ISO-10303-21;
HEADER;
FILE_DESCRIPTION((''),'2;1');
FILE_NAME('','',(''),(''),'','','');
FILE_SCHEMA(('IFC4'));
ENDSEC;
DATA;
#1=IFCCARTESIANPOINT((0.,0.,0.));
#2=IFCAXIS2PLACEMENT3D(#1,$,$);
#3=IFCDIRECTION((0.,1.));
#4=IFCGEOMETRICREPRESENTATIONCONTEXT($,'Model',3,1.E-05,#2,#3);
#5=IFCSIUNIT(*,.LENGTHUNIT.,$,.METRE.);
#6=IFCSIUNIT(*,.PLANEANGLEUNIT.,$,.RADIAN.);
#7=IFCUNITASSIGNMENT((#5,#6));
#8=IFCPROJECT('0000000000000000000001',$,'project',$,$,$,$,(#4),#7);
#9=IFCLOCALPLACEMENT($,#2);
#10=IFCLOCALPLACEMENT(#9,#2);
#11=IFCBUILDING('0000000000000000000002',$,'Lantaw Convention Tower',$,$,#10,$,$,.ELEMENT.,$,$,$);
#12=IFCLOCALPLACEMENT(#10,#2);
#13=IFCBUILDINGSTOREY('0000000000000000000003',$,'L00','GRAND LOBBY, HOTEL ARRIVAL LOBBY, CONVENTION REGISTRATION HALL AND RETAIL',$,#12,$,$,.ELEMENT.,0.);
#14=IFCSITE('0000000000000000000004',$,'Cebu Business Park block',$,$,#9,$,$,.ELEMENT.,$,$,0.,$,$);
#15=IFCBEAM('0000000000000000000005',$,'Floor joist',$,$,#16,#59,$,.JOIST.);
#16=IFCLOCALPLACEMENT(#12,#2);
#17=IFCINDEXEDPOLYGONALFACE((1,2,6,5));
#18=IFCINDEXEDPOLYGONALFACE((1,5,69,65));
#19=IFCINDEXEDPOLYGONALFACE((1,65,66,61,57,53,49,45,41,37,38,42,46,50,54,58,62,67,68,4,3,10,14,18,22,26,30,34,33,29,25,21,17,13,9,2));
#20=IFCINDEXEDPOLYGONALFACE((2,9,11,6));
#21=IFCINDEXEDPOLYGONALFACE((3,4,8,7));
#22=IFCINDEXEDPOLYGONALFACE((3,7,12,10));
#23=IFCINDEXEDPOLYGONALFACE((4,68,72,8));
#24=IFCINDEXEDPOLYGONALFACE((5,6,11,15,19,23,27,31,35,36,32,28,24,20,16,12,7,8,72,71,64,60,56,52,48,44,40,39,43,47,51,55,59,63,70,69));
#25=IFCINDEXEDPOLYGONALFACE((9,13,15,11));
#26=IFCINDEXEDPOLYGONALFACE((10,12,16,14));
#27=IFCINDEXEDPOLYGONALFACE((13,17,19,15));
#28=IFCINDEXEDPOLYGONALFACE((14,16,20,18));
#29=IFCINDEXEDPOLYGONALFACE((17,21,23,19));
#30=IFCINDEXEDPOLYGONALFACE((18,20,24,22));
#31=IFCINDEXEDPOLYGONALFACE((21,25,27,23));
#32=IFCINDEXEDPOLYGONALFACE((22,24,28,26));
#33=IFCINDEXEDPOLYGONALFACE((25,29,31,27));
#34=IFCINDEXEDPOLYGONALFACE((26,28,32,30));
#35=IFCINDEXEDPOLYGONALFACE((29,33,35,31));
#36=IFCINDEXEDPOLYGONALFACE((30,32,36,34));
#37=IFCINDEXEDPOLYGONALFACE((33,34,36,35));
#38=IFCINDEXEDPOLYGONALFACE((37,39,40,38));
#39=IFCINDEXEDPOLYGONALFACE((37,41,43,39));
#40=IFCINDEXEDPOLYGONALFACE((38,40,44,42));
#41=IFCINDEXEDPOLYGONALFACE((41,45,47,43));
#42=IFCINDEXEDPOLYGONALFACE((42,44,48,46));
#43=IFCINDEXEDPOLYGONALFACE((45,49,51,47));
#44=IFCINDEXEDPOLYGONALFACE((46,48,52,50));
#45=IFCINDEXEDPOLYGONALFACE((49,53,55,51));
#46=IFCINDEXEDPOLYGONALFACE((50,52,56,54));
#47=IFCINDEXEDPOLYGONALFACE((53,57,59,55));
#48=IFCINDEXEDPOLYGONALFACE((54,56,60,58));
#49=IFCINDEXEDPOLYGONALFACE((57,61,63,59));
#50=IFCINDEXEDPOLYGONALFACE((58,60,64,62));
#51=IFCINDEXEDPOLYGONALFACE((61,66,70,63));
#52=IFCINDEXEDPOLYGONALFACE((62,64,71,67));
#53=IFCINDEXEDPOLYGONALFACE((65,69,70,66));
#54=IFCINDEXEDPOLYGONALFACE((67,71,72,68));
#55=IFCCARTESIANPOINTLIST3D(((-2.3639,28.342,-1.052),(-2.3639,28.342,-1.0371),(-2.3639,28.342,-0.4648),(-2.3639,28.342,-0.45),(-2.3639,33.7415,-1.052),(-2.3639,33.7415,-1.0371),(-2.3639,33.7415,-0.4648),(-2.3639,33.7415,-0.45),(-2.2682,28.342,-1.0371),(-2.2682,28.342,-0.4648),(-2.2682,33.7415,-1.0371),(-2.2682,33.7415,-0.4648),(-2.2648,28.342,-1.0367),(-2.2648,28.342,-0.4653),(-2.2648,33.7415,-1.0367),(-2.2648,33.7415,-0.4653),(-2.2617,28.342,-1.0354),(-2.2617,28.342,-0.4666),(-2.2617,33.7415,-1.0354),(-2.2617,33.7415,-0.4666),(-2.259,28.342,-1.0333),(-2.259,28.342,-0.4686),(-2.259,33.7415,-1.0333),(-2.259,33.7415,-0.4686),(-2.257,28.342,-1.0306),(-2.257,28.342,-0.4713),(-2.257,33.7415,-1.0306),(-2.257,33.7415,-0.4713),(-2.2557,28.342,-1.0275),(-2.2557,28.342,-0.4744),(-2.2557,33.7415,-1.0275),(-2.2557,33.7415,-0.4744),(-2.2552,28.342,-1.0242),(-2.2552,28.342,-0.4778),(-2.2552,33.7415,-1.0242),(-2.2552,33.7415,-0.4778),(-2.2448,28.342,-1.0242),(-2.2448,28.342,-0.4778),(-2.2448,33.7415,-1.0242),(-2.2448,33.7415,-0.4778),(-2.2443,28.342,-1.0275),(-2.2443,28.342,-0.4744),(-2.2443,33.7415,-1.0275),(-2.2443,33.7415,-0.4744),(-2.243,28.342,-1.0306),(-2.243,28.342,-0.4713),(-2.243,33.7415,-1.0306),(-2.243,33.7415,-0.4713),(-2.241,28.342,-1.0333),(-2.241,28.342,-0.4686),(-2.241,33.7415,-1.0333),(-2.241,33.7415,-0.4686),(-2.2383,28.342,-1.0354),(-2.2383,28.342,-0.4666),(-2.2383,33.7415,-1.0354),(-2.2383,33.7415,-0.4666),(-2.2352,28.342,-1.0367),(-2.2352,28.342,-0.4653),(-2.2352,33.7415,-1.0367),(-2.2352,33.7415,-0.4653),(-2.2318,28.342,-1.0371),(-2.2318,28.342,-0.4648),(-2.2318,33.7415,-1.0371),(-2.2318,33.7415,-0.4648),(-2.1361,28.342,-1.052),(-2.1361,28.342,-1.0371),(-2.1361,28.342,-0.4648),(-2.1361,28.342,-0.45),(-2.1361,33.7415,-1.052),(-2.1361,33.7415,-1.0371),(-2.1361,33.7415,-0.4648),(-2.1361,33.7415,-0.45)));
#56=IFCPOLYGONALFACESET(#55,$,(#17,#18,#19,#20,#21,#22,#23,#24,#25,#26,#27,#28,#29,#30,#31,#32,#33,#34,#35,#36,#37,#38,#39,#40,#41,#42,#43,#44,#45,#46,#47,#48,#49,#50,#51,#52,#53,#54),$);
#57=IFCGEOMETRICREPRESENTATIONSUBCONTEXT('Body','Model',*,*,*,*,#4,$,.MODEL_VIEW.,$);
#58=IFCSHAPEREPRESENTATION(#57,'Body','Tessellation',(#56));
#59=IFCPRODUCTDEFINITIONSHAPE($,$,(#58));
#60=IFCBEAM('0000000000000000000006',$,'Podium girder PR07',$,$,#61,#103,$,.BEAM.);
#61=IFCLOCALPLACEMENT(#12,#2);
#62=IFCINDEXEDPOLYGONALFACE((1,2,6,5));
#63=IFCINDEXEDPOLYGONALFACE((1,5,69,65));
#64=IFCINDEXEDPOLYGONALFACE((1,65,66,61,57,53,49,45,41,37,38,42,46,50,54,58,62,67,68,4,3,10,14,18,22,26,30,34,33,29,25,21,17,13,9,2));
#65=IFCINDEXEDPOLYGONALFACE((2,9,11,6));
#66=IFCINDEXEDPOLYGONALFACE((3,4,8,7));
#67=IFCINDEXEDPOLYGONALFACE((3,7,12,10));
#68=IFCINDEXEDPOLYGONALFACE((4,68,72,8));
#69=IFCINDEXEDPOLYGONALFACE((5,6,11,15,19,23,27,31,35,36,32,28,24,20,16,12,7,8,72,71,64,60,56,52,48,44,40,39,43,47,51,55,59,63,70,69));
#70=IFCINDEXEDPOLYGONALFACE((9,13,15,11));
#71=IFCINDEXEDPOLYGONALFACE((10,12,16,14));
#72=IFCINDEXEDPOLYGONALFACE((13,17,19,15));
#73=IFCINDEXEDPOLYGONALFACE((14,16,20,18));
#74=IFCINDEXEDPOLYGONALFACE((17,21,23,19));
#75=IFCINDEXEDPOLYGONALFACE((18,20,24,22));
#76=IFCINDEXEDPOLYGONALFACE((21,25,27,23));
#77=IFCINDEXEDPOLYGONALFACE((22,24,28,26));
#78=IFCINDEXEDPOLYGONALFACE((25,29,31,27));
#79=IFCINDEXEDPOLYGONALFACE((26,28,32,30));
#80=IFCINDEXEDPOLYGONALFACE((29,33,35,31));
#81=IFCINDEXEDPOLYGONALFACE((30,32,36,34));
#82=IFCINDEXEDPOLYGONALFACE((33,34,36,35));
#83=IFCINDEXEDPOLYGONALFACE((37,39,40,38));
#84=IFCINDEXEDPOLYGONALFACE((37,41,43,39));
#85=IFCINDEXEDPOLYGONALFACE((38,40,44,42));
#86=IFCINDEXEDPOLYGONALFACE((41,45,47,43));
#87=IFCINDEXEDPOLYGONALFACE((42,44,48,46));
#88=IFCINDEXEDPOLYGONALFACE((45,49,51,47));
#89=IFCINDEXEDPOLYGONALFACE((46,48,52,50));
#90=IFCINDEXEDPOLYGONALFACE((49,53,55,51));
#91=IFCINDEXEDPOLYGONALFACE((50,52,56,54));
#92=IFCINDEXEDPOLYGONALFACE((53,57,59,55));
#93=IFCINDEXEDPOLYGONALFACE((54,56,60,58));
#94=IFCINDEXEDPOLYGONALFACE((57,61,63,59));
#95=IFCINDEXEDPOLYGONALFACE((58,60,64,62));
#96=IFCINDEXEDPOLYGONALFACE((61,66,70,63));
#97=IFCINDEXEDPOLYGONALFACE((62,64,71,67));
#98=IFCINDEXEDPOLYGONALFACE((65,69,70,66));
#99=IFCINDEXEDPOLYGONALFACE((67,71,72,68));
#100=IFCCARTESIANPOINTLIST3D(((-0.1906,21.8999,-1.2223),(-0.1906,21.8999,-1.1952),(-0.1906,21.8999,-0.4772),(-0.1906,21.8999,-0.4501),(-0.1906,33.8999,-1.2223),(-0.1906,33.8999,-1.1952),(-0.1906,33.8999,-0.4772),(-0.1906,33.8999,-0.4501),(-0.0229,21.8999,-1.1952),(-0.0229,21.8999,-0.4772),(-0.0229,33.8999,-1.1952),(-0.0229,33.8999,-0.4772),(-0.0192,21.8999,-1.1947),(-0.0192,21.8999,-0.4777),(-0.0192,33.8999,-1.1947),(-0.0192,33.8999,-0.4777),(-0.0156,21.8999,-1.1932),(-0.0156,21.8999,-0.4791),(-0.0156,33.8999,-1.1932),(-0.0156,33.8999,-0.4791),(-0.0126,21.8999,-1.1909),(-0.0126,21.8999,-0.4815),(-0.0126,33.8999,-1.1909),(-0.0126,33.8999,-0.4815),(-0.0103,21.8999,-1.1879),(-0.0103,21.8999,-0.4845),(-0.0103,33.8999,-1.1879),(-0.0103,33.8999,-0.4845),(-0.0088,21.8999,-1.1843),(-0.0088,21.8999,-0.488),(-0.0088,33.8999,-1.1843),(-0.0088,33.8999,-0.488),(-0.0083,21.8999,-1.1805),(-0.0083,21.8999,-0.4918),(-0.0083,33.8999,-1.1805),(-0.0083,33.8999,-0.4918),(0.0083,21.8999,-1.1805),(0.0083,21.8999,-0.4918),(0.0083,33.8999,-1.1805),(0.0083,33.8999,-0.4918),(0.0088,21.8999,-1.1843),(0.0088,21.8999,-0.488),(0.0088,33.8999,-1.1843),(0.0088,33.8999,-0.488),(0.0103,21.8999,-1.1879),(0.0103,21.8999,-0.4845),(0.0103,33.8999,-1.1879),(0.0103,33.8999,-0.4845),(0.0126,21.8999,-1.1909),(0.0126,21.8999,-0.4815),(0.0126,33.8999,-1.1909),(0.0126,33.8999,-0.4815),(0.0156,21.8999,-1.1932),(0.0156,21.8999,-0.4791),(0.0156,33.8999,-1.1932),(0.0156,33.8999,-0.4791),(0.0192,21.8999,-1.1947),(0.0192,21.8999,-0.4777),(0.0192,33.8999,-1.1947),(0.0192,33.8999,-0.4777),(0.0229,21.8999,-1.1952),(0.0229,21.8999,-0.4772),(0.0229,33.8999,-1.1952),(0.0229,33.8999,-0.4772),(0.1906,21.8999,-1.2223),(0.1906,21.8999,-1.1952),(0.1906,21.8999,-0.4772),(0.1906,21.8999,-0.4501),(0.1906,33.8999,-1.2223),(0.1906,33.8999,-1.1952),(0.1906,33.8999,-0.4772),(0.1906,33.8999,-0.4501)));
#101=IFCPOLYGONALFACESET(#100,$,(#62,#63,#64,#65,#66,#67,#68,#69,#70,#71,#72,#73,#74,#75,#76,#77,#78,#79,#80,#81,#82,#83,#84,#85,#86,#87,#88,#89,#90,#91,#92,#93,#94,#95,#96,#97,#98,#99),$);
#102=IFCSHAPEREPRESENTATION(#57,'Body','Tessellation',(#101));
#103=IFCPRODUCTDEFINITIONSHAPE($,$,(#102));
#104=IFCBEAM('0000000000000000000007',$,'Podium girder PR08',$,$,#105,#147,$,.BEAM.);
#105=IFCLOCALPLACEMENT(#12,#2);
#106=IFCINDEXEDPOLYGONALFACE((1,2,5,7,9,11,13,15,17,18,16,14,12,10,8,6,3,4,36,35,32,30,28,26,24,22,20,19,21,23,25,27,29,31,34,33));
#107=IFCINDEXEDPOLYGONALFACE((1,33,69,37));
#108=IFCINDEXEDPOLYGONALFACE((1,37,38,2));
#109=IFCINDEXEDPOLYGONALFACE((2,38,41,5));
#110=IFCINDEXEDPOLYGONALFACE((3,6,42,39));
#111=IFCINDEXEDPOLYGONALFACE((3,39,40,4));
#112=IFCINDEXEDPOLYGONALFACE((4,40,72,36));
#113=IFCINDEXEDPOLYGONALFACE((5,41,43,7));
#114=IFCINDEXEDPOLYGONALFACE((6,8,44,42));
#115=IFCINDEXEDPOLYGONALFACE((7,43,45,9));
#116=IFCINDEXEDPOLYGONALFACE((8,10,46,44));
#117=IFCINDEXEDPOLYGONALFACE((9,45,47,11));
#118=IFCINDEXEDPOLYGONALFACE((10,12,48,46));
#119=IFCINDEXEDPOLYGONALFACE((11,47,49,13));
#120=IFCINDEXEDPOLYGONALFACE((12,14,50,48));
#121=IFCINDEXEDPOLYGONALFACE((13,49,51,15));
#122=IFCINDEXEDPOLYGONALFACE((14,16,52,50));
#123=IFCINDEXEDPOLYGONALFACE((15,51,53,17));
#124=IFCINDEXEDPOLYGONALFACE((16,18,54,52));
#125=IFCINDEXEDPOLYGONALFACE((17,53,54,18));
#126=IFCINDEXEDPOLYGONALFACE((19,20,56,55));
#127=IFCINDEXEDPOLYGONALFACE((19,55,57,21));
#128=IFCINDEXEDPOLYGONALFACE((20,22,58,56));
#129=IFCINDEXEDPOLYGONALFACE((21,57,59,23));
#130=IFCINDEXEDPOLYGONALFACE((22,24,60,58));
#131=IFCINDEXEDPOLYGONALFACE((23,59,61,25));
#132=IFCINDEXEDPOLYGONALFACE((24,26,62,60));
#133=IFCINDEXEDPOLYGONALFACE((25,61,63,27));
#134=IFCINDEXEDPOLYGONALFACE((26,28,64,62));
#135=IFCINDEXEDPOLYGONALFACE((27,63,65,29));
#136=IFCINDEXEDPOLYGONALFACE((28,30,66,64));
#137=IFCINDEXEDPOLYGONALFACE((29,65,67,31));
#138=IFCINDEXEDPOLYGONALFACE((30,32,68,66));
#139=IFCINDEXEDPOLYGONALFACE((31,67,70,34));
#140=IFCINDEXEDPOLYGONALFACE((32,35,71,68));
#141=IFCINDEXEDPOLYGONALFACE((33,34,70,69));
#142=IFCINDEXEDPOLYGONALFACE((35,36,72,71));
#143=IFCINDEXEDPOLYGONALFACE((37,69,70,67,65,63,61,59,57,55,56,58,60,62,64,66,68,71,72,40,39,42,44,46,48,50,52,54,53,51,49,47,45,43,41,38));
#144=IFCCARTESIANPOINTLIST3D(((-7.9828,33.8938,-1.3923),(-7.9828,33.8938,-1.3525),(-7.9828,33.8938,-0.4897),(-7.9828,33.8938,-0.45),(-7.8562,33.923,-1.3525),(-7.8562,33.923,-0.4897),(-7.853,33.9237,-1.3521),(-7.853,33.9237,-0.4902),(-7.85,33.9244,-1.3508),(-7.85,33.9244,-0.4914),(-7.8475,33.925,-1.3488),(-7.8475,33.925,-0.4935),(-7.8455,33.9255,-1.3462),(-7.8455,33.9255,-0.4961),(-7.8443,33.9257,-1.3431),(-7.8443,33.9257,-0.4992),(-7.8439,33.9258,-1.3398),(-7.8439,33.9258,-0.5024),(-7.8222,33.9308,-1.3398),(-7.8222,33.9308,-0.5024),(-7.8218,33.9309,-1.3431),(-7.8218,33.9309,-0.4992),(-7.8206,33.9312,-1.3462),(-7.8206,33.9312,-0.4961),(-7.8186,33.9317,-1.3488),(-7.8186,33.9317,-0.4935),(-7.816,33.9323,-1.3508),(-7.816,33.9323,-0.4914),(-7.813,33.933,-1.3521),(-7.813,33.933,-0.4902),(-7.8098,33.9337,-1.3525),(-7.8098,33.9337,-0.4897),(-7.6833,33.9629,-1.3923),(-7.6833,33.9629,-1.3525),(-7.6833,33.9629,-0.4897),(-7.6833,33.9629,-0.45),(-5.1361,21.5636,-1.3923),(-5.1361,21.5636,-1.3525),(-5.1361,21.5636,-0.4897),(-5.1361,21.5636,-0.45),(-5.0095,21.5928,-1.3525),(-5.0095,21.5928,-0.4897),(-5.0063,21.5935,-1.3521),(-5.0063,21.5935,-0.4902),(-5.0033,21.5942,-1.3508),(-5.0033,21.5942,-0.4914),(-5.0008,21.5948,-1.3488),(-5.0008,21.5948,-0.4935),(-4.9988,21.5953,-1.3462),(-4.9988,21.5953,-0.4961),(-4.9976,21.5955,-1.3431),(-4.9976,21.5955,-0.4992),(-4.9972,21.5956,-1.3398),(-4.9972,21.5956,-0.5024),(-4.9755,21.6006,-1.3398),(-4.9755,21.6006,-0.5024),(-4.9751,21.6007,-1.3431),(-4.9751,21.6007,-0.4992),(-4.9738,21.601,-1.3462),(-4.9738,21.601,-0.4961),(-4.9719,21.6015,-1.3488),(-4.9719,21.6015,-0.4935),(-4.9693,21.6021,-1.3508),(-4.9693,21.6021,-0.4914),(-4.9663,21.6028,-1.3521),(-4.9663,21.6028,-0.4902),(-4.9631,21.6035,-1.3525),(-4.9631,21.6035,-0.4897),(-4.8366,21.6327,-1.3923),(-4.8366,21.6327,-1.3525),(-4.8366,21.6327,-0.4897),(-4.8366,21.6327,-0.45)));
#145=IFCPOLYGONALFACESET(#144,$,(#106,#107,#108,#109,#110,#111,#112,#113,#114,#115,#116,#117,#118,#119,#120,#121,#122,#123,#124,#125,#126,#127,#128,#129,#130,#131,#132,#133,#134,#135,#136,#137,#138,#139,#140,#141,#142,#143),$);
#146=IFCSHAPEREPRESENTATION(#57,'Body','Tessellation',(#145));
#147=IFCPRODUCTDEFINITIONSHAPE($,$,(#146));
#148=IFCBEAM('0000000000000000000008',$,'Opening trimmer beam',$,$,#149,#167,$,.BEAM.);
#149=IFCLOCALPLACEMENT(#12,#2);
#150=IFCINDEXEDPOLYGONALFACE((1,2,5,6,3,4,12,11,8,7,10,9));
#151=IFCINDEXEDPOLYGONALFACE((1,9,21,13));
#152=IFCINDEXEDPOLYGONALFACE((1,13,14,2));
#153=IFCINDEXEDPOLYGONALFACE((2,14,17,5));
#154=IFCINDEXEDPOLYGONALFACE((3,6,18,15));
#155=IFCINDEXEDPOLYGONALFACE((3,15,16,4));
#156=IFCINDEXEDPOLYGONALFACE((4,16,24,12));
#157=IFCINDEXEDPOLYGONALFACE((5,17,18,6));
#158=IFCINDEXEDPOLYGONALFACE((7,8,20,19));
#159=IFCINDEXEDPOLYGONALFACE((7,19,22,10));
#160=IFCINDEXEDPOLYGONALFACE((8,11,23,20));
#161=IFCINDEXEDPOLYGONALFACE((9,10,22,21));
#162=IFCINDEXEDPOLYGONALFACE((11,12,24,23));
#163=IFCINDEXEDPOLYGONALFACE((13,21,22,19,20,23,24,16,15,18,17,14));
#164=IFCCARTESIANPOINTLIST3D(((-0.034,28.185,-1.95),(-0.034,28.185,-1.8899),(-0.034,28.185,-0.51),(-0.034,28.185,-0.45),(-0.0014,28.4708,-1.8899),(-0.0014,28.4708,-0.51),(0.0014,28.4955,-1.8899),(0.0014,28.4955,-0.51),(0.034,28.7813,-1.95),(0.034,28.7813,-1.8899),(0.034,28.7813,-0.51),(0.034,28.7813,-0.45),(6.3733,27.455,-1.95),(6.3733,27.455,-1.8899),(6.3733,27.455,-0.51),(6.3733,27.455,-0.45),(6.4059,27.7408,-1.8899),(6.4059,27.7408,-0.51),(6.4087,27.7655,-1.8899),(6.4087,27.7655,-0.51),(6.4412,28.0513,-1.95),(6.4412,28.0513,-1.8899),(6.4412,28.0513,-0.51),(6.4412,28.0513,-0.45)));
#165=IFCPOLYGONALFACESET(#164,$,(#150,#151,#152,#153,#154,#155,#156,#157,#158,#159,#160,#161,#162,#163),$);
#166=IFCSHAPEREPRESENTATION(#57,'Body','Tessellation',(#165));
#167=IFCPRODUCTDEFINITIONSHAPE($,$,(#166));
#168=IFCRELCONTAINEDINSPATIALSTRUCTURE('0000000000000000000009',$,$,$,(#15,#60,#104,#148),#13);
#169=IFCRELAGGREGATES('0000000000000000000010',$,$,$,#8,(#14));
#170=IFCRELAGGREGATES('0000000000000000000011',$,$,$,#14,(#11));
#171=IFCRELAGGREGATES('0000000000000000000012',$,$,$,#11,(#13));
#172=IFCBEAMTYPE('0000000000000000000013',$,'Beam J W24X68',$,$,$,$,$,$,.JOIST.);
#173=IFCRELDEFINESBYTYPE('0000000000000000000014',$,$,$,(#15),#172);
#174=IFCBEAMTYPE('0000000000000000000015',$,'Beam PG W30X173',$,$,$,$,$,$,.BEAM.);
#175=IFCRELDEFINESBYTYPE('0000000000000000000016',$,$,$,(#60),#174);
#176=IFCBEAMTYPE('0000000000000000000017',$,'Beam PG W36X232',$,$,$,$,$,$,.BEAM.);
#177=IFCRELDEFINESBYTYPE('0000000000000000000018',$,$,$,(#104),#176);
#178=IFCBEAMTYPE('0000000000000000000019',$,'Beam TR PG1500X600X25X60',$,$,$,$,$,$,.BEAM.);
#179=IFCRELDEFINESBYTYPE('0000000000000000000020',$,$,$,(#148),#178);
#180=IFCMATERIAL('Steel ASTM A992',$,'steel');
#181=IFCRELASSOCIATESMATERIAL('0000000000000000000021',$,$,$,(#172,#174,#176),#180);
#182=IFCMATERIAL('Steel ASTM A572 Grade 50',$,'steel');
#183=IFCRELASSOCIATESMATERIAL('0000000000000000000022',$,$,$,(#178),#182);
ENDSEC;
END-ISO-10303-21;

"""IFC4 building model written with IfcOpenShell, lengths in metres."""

from ifc_helpers import new_model, si_unit, direction, frame, origin, origin_2d, place, context, subcontext, project, spatial, i_section, extrude, material, material_profile, profile_set, type_object, element, save


model = new_model("IFC4")

# Units and contexts
model_context = context("Model", 3, precision=1e-05, world=origin(), true_north=direction((0.0, 1.0)))
body_context = subcontext(model_context, "Body", "Model", "MODEL_VIEW")
ifc_project = project(units=[si_unit("LENGTHUNIT", "METRE"), si_unit("PLANEANGLEUNIT", "RADIAN")], contexts=[model_context])

# Site, building, storey
site_placement = place(None, origin())
site = spatial("IfcSite", under=ifc_project, at=site_placement, Name="Cebu Business Park block", CompositionType="ELEMENT", RefElevation=0.0)
building_placement = place(site_placement, origin())
building = spatial("IfcBuilding", under=site, at=building_placement, Name="Lantaw Convention Tower", CompositionType="ELEMENT")
storey_placement = place(building_placement, origin())
storey = spatial("IfcBuildingStorey", under=building, at=storey_placement, Name="L00", Description="GRAND LOBBY, HOTEL ARRIVAL LOBBY, CONVENTION REGISTRATION HALL AND RETAIL", CompositionType="ELEMENT", Elevation=0.0)

# Shared definitions
ifc_material_1 = material(Name="Steel ASTM A572 Grade 50", Category="steel")

# Beams
ifc_material_2 = material(Name="Steel ASTM A992", Category="steel")
ifc_material_profile_1 = material_profile(ifc_material_2, i_section(OverallWidth=0.2278, OverallDepth=0.6021, WebThickness=0.0105, FlangeThickness=0.0149, FilletRadius=0.0129, at=origin_2d()), Name="W24X68")
ifc_profile_set_1 = profile_set([ifc_material_profile_1], Name="Steel ASTM A992")
beam_type_1 = type_object("IfcBeamType", Name="Beam J W24X68", PredefinedType="JOIST", material=ifc_profile_set_1)
beam_1_placement = place(storey_placement, frame((-2.25, 28.342, -0.751), z_axis=(0.0, 1.0, 0.0), x_axis=(-1.0, 0.0, 0.0)))
element("IfcBeam", 1, at=beam_1_placement, inside=storey, type_object=beam_type_1, Name="Floor joist", PredefinedType="JOIST", context=body_context, shape_type="SweptSolid", body=[
    extrude(i_section(OverallWidth=0.2278, OverallDepth=0.6021, WebThickness=0.0105, FlangeThickness=0.0149, FilletRadius=0.0129, at=origin_2d()), origin(), (0.0, 0.0, 1.0), 5.3994),
])
ifc_material_profile_2 = material_profile(ifc_material_2, i_section(OverallWidth=0.3811, OverallDepth=0.7722, WebThickness=0.0166, FlangeThickness=0.0271, FilletRadius=0.0146, at=origin_2d()), Name="W30X173")
ifc_profile_set_2 = profile_set([ifc_material_profile_2], Name="Steel ASTM A992")
beam_type_2 = type_object("IfcBeamType", Name="Beam PG W30X173", PredefinedType="BEAM", material=ifc_profile_set_2)
beam_2_placement = place(storey_placement, frame((0.0, 21.8999, -0.8362), z_axis=(0.0, 1.0, 0.0), x_axis=(-1.0, 0.0, 0.0)))
element("IfcBeam", 2, at=beam_2_placement, inside=storey, type_object=beam_type_2, Name="Podium girder PR07", PredefinedType="BEAM", context=body_context, shape_type="SweptSolid", body=[
    extrude(i_section(OverallWidth=0.3811, OverallDepth=0.7722, WebThickness=0.0166, FlangeThickness=0.0271, FilletRadius=0.0146, at=origin_2d()), origin(), (0.0, 0.0, 1.0), 12.0),
])
ifc_material_profile_3 = material_profile(ifc_material_2, i_section(OverallWidth=0.3074, OverallDepth=0.9424, WebThickness=0.0222, FlangeThickness=0.0398, FilletRadius=0.0127, at=origin_2d()), Name="W36X232")
ifc_profile_set_3 = profile_set([ifc_material_profile_3], Name="Steel ASTM A992")
beam_type_3 = type_object("IfcBeamType", Name="Beam PG W36X232", PredefinedType="BEAM", material=ifc_profile_set_3)
beam_3_placement = place(storey_placement, frame((-4.9863, 21.5981, -0.9211), z_axis=(-0.224955, 0.974369, 0.0), x_axis=(-0.974369, -0.224955, 0.0)))
element("IfcBeam", 3, at=beam_3_placement, inside=storey, type_object=beam_type_3, Name="Podium girder PR08", PredefinedType="BEAM", context=body_context, shape_type="SweptSolid", body=[
    extrude(i_section(OverallWidth=0.3074, OverallDepth=0.9424, WebThickness=0.0222, FlangeThickness=0.0398, FilletRadius=0.0127, at=origin_2d()), origin(), (0.0, 0.0, 1.0), 12.6545),
])
ifc_material_profile_4 = material_profile(ifc_material_1, i_section(OverallWidth=0.6001, OverallDepth=1.5, WebThickness=0.0249, FlangeThickness=0.0601, at=origin_2d()), Name="PG1500X600X25X60")
ifc_profile_set_4 = profile_set([ifc_material_profile_4], Name="Steel ASTM A572 Grade 50")
beam_type_4 = type_object("IfcBeamType", Name="Beam TR PG1500X600X25X60", PredefinedType="BEAM", material=ifc_profile_set_4)
beam_4_placement = place(storey_placement, frame((0.0, 28.4832, -1.2), z_axis=(0.993572, -0.113199, 0.0), x_axis=(0.113199, 0.993572, 0.0)))
element("IfcBeam", 4, at=beam_4_placement, inside=storey, type_object=beam_type_4, Name="Opening trimmer beam", PredefinedType="BEAM", context=body_context, shape_type="SweptSolid", body=[
    extrude(i_section(OverallWidth=0.6001, OverallDepth=1.5, WebThickness=0.0249, FlangeThickness=0.0601, at=origin_2d()), origin(), (0.0, 0.0, 1.0), 6.4487),
])

save(model, "model.ifc")
